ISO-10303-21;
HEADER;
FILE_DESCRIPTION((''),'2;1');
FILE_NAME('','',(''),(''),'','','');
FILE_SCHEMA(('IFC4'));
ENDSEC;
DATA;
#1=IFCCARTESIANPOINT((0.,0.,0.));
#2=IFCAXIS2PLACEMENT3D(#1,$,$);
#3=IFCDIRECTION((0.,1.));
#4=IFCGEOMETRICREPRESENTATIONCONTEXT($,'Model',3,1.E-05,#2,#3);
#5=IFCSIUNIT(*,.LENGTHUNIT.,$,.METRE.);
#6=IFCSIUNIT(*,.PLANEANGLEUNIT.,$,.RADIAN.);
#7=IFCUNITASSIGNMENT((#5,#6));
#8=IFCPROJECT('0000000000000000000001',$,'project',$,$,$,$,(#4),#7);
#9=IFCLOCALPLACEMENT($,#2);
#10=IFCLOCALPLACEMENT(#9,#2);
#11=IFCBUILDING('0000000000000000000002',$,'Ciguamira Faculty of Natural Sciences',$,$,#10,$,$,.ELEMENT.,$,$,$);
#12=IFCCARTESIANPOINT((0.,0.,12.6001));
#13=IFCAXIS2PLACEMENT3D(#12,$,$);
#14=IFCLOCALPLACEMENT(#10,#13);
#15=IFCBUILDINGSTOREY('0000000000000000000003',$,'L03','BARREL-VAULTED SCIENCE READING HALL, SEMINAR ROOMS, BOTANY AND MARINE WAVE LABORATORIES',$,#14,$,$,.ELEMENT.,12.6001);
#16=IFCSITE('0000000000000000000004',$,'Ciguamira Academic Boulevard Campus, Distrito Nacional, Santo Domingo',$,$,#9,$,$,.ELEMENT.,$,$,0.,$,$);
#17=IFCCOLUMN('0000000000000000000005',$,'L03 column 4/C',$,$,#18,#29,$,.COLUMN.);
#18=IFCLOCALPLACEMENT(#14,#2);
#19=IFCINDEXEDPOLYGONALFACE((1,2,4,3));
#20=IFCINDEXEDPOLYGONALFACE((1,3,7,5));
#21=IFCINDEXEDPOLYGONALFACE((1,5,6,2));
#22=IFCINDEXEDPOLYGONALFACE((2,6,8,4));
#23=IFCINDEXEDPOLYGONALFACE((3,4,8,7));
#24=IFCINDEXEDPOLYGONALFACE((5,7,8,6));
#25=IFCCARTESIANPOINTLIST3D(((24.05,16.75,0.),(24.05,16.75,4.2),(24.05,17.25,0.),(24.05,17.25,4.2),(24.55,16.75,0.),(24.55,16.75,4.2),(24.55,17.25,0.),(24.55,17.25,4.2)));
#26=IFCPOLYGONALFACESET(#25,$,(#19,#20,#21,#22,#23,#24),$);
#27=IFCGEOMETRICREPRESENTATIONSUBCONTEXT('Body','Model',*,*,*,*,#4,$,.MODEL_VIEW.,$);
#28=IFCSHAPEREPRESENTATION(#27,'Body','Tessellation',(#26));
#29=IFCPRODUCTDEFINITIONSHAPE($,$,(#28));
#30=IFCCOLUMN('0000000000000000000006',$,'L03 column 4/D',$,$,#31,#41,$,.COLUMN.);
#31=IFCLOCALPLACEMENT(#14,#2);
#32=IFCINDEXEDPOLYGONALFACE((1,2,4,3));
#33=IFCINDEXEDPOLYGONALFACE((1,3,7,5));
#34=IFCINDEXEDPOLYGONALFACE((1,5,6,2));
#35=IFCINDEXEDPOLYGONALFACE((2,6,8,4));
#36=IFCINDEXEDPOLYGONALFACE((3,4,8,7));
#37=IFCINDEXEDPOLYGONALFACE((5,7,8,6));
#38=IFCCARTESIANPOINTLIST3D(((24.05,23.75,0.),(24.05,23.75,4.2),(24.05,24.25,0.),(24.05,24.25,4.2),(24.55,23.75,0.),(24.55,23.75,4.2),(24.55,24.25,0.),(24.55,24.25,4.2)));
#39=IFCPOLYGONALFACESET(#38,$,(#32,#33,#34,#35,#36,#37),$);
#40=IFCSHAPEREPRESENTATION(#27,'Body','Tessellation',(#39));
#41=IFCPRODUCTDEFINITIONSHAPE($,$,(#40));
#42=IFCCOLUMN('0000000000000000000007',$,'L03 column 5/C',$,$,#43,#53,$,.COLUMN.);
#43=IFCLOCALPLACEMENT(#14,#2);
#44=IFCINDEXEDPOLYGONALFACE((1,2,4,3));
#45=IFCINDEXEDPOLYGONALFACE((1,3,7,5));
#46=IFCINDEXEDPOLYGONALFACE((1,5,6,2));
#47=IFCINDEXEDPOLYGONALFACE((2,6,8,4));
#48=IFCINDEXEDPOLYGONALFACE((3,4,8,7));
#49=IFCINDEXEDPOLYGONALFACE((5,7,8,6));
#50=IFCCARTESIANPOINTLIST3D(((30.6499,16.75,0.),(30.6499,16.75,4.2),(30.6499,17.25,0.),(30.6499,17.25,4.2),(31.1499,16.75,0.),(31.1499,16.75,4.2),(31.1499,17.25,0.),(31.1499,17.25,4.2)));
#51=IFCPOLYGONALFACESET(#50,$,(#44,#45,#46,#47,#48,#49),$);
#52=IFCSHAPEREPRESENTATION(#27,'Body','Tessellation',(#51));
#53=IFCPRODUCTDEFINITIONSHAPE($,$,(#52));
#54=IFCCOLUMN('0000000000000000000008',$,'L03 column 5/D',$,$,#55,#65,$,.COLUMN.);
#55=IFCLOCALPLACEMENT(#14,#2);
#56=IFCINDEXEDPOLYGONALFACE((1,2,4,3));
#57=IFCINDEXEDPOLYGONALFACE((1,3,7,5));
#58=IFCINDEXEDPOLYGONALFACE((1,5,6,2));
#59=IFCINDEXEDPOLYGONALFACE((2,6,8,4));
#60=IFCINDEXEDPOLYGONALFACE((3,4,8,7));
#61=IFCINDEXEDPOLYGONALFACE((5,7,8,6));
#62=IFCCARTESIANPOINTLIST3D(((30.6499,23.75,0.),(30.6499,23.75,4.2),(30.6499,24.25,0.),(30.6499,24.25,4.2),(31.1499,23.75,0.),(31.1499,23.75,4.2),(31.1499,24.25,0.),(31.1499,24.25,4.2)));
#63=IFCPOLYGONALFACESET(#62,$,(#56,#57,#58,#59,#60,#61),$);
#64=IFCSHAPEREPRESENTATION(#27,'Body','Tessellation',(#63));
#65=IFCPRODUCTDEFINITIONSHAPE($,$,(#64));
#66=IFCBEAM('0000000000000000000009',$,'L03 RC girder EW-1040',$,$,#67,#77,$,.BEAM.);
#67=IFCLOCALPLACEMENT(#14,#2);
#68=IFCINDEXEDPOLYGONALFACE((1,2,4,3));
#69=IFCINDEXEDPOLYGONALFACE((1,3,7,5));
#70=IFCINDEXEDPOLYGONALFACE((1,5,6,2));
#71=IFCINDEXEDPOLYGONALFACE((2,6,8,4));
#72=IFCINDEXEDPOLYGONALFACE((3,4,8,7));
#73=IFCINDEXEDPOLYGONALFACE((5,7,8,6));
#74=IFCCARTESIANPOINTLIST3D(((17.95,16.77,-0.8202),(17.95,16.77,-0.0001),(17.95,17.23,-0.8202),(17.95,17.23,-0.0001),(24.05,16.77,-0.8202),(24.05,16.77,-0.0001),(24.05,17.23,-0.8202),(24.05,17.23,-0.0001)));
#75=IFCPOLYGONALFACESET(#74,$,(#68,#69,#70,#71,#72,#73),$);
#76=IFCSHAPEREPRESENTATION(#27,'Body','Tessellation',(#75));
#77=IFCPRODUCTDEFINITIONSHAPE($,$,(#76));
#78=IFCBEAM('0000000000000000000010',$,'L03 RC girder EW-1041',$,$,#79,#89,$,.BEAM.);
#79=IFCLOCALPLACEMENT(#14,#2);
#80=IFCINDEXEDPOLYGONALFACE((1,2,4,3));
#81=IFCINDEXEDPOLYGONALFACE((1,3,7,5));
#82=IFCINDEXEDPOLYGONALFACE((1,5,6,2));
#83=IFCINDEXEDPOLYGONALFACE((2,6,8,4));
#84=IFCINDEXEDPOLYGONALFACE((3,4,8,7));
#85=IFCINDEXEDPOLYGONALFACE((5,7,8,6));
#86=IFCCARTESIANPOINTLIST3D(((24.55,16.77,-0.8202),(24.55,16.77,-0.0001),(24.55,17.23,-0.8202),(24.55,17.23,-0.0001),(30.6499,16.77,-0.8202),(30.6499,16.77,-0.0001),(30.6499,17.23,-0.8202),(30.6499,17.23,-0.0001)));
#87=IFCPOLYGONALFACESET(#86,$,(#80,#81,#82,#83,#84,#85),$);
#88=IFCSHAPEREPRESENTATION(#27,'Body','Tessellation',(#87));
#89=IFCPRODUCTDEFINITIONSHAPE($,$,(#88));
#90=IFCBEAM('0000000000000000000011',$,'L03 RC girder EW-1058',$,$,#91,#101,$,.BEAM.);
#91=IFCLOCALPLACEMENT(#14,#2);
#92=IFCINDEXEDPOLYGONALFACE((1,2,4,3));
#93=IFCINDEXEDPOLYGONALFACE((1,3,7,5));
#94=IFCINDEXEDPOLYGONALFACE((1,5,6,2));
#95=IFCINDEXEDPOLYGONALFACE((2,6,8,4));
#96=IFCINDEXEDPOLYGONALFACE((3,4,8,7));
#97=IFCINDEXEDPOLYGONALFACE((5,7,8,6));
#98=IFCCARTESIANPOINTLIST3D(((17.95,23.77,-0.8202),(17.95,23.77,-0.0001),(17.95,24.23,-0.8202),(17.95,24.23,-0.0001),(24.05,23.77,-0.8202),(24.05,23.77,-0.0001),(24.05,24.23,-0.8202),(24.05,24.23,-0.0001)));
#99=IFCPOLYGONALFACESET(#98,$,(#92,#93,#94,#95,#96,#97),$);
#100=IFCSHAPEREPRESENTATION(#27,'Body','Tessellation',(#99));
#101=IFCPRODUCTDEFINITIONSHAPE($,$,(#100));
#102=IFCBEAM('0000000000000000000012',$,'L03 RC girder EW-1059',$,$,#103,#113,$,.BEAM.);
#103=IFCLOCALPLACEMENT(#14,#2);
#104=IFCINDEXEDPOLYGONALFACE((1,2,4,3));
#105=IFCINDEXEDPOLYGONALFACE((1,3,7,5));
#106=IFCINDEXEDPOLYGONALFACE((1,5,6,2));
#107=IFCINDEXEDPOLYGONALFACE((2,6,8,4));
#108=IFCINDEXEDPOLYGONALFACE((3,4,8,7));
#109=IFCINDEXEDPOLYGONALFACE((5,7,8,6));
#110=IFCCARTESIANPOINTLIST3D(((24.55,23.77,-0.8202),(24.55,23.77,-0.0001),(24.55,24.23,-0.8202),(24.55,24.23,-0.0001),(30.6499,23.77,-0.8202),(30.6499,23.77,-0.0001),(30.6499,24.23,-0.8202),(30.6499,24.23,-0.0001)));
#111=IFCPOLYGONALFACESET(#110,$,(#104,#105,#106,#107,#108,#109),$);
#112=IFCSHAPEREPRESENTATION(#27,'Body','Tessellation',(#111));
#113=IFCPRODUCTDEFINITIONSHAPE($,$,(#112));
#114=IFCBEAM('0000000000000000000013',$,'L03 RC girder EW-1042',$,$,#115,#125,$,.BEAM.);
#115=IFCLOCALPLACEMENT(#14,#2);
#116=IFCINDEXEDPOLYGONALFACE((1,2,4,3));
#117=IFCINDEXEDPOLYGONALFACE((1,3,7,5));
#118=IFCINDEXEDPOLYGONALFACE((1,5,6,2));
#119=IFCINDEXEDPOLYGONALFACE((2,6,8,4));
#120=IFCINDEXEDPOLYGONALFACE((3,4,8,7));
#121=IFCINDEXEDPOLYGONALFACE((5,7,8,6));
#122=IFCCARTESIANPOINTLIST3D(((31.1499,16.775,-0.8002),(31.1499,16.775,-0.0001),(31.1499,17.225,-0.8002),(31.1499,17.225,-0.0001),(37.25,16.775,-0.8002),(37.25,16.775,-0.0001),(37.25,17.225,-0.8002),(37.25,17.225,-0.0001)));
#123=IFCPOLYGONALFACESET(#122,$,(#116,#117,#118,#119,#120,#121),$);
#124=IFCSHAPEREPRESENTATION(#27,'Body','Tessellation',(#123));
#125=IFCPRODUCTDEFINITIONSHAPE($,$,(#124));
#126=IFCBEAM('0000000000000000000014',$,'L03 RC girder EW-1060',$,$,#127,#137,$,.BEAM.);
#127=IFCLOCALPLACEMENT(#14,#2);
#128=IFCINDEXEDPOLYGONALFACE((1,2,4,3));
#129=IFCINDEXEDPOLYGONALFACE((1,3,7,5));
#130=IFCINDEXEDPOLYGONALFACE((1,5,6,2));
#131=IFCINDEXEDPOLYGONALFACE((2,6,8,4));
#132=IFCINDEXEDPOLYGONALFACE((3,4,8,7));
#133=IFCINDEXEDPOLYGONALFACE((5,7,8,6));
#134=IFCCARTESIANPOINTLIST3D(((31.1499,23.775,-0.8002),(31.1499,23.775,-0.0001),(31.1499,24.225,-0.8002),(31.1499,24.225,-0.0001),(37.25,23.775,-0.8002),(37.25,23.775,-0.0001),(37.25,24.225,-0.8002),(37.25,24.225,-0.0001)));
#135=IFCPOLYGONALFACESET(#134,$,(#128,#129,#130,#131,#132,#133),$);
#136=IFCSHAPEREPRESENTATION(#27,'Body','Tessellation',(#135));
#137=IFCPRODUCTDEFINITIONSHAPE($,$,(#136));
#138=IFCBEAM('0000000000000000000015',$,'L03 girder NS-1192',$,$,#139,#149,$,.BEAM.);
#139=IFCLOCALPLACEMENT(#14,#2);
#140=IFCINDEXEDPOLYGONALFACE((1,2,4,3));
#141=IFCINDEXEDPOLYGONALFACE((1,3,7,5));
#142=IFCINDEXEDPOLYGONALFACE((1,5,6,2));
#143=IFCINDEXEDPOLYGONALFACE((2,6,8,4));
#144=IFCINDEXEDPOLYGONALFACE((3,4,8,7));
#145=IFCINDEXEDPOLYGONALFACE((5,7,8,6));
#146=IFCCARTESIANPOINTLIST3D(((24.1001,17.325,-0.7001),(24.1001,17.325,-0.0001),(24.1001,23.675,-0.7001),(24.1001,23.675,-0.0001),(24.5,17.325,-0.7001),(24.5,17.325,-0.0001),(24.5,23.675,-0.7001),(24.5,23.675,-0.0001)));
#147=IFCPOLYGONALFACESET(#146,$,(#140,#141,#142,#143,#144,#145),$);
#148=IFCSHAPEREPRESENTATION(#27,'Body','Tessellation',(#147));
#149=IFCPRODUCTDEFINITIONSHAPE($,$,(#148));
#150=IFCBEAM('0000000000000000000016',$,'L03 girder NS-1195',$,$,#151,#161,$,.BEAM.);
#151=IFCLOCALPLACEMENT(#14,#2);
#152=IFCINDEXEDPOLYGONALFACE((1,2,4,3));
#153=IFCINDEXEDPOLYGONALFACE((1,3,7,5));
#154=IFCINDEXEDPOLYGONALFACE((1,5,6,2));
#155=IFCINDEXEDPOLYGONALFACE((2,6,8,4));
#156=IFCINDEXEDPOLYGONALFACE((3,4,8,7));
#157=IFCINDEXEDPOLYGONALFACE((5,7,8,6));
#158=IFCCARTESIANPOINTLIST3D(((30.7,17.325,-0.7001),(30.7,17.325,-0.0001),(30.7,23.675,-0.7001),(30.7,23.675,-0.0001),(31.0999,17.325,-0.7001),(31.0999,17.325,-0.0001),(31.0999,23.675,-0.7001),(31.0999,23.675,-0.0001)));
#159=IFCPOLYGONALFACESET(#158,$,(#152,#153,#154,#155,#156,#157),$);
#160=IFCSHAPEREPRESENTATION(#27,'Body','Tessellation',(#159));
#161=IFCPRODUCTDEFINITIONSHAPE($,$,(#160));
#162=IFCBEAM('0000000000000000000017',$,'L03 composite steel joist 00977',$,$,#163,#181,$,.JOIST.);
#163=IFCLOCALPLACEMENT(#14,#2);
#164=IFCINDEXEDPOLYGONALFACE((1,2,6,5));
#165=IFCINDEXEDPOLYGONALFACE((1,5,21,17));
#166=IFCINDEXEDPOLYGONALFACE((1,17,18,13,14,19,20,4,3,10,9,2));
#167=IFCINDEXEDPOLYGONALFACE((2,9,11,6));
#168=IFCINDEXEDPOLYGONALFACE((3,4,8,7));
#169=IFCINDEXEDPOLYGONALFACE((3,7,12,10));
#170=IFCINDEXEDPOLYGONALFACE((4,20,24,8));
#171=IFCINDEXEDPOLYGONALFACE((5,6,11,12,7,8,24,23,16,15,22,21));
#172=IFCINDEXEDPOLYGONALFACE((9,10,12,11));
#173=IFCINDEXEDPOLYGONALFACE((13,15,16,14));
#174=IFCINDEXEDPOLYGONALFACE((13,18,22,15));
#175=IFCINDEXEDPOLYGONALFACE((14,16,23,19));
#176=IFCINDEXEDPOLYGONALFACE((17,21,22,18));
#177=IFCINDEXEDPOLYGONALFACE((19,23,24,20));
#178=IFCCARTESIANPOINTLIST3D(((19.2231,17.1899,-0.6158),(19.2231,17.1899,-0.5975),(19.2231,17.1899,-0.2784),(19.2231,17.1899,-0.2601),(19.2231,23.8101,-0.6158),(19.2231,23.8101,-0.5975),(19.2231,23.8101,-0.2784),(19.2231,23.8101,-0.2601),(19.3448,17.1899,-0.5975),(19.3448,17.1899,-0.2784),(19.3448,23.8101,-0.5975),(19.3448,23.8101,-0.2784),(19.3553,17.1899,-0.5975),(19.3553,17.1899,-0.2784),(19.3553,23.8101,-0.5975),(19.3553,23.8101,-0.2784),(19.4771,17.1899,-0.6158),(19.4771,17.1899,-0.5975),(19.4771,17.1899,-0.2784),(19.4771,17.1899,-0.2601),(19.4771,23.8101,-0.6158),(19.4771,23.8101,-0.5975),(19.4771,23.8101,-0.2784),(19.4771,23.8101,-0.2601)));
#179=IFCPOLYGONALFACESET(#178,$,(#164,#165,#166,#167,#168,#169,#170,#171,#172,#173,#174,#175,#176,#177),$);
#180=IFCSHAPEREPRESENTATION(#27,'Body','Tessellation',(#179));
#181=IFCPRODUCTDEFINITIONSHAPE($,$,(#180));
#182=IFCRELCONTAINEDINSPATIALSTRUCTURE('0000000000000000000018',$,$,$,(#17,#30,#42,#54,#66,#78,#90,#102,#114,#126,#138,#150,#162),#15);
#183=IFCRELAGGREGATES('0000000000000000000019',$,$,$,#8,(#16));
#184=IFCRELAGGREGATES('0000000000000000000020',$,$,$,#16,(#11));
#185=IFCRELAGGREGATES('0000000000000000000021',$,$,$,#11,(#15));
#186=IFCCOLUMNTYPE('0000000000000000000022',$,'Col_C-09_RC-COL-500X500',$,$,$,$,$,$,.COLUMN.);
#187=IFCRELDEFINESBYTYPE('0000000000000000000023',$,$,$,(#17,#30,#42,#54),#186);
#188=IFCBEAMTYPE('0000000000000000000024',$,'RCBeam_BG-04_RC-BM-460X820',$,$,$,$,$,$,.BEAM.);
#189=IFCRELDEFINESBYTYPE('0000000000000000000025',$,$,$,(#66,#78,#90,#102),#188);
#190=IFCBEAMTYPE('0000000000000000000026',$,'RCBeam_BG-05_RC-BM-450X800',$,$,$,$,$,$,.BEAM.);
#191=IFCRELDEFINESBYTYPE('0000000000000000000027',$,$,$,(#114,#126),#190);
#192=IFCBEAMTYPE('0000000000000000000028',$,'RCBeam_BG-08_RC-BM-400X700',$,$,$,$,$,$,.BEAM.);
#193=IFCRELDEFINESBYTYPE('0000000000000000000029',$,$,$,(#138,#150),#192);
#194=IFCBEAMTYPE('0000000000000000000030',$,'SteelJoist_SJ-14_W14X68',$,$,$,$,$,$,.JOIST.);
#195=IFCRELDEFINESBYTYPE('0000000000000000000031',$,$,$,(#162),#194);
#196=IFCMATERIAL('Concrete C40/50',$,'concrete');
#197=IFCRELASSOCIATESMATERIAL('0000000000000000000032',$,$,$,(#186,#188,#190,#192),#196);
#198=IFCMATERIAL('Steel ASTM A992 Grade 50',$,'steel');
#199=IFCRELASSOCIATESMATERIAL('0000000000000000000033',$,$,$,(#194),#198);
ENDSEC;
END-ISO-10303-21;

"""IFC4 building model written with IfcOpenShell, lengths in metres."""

from ifc_helpers import new_model, si_unit, direction, frame, origin, origin_2d, place, context, subcontext, project, spatial, rectangle, i_section, extrude, material, material_profile, profile_set, type_object, element, save


model = new_model("IFC4")

# Units and contexts
model_context = context("Model", 3, precision=1e-05, world=origin(), true_north=direction((0.0, 1.0)))
body_context = subcontext(model_context, "Body", "Model", "MODEL_VIEW")
ifc_project = project(units=[si_unit("LENGTHUNIT", "METRE"), si_unit("PLANEANGLEUNIT", "RADIAN")], contexts=[model_context])

# Site, building, storey
site_placement = place(None, origin())
site = spatial("IfcSite", under=ifc_project, at=site_placement, Name="Ciguamira Academic Boulevard Campus, Distrito Nacional, Santo Domingo", CompositionType="ELEMENT", RefElevation=0.0)
building_placement = place(site_placement, origin())
building = spatial("IfcBuilding", under=site, at=building_placement, Name="Ciguamira Faculty of Natural Sciences", CompositionType="ELEMENT")
storey_placement = place(building_placement, frame((0.0, 0.0, 12.6001)))
storey = spatial("IfcBuildingStorey", under=building, at=storey_placement, Name="L03", Description="BARREL-VAULTED SCIENCE READING HALL, SEMINAR ROOMS, BOTANY AND MARINE WAVE LABORATORIES", CompositionType="ELEMENT", Elevation=12.6001)

# Columns
ifc_material_1 = material(Name="Concrete C40/50", Category="concrete")
ifc_material_profile_1 = material_profile(ifc_material_1, rectangle(XDim=0.5, YDim=0.5, at=origin_2d()), Name="RC-COL-500X500")
ifc_profile_set_1 = profile_set([ifc_material_profile_1], Name="Concrete C40/50")
column_type = type_object("IfcColumnType", Name="Col_C-09_RC-COL-500X500", PredefinedType="COLUMN", material=ifc_profile_set_1)
for number, where, z_axis, x_axis, name in (
    (1, (24.3, 17.0, 0.0), (0.0, 0.0, 1.0), (1.0, 0.0, 0.0), "L03 column 4/C"),
    (2, (24.3, 24.0, 0.0), (0.0, 0.0, 1.0), (1.0, 0.0, 0.0), "L03 column 4/D"),
    (3, (30.8999, 17.0, 0.0), (0.0, 0.0, 1.0), (1.0, 0.0, 0.0), "L03 column 5/C"),
    (4, (30.8999, 24.0, 0.0), (0.0, 0.0, 1.0), (1.0, 0.0, 0.0), "L03 column 5/D"),
):
    element("IfcColumn", number, at=place(storey_placement, frame(where, z_axis=z_axis, x_axis=x_axis)), inside=storey, type_object=column_type, Name=name, PredefinedType="COLUMN", context=body_context, shape_type="SweptSolid", body=[
        extrude(rectangle(XDim=0.5, YDim=0.5, at=origin_2d()), origin(), (0.0, 0.0, 1.0), 4.2),
    ])

# Beams
ifc_material_profile_2 = material_profile(ifc_material_1, rectangle(XDim=0.46, YDim=0.8201, at=origin_2d()), Name="RC-BM-460X820")
ifc_profile_set_2 = profile_set([ifc_material_profile_2], Name="Concrete C40/50")
beam_type_1 = type_object("IfcBeamType", Name="RCBeam_BG-04_RC-BM-460X820", PredefinedType="BEAM", material=ifc_profile_set_2)
beam_1_placement = place(storey_placement, frame((17.95, 17.0, -0.4102), z_axis=(1.0, 0.0, 0.0), x_axis=(0.0, 1.0, 0.0)))
element("IfcBeam", 5, at=beam_1_placement, inside=storey, type_object=beam_type_1, Name="L03 RC girder EW-1040", PredefinedType="BEAM", context=body_context, shape_type="SweptSolid", body=[
    extrude(rectangle(XDim=0.46, YDim=0.8201, at=origin_2d()), origin(), (0.0, 0.0, 1.0), 6.1001),
])
beam_2_placement = place(storey_placement, frame((24.55, 17.0, -0.4102), z_axis=(1.0, 0.0, 0.0), x_axis=(0.0, 1.0, 0.0)))
element("IfcBeam", 6, at=beam_2_placement, inside=storey, type_object=beam_type_1, Name="L03 RC girder EW-1041", PredefinedType="BEAM", context=body_context, shape_type="SweptSolid", body=[
    extrude(rectangle(XDim=0.46, YDim=0.8201, at=origin_2d()), origin(), (0.0, 0.0, 1.0), 6.0999),
])
beam_3_placement = place(storey_placement, frame((17.95, 24.0, -0.4102), z_axis=(1.0, 0.0, 0.0), x_axis=(0.0, 1.0, 0.0)))
element("IfcBeam", 7, at=beam_3_placement, inside=storey, type_object=beam_type_1, Name="L03 RC girder EW-1058", PredefinedType="BEAM", context=body_context, shape_type="SweptSolid", body=[
    extrude(rectangle(XDim=0.46, YDim=0.8201, at=origin_2d()), origin(), (0.0, 0.0, 1.0), 6.1001),
])
beam_4_placement = place(storey_placement, frame((24.55, 24.0, -0.4102), z_axis=(1.0, 0.0, 0.0), x_axis=(0.0, 1.0, 0.0)))
element("IfcBeam", 8, at=beam_4_placement, inside=storey, type_object=beam_type_1, Name="L03 RC girder EW-1059", PredefinedType="BEAM", context=body_context, shape_type="SweptSolid", body=[
    extrude(rectangle(XDim=0.46, YDim=0.8201, at=origin_2d()), origin(), (0.0, 0.0, 1.0), 6.0999),
])
ifc_material_profile_3 = material_profile(ifc_material_1, rectangle(XDim=0.45, YDim=0.8, at=origin_2d()), Name="RC-BM-450X800")
ifc_profile_set_3 = profile_set([ifc_material_profile_3], Name="Concrete C40/50")
beam_type_2 = type_object("IfcBeamType", Name="RCBeam_BG-05_RC-BM-450X800", PredefinedType="BEAM", material=ifc_profile_set_3)
for number, where, z_axis, x_axis, name in (
    (9, (31.1499, 17.0, -0.4001), (1.0, 0.0, 0.0), (0.0, 1.0, 0.0), "L03 RC girder EW-1042"),
    (10, (31.1499, 24.0, -0.4001), (1.0, 0.0, 0.0), (0.0, 1.0, 0.0), "L03 RC girder EW-1060"),
):
    element("IfcBeam", number, at=place(storey_placement, frame(where, z_axis=z_axis, x_axis=x_axis)), inside=storey, type_object=beam_type_2, Name=name, PredefinedType="BEAM", context=body_context, shape_type="SweptSolid", body=[
        extrude(rectangle(XDim=0.45, YDim=0.8, at=origin_2d()), origin(), (0.0, 0.0, 1.0), 6.1001),
    ])
ifc_material_profile_4 = material_profile(ifc_material_1, rectangle(XDim=0.3999, YDim=0.7, at=origin_2d()), Name="RC-BM-400X700")
ifc_profile_set_4 = profile_set([ifc_material_profile_4], Name="Concrete C40/50")
beam_type_3 = type_object("IfcBeamType", Name="RCBeam_BG-08_RC-BM-400X700", PredefinedType="BEAM", material=ifc_profile_set_4)
for number, where, z_axis, x_axis, name in (
    (11, (24.3, 17.325, -0.3501), (0.0, 1.0, 0.0), (-1.0, 0.0, 0.0), "L03 girder NS-1192"),
    (12, (30.8999, 17.325, -0.3501), (0.0, 1.0, 0.0), (-1.0, 0.0, 0.0), "L03 girder NS-1195"),
):
    element("IfcBeam", number, at=place(storey_placement, frame(where, z_axis=z_axis, x_axis=x_axis)), inside=storey, type_object=beam_type_3, Name=name, PredefinedType="BEAM", context=body_context, shape_type="SweptSolid", body=[
        extrude(rectangle(XDim=0.3999, YDim=0.7, at=origin_2d()), origin(), (0.0, 0.0, 1.0), 6.3501),
    ])
ifc_material_2 = material(Name="Steel ASTM A992 Grade 50", Category="steel")
ifc_material_profile_5 = material_profile(ifc_material_2, i_section(OverallWidth=0.2539, OverallDepth=0.3557, WebThickness=0.0105, FlangeThickness=0.0183, at=origin_2d()), Name="W14X68")
ifc_profile_set_5 = profile_set([ifc_material_profile_5], Name="Steel ASTM A992 Grade 50")
beam_type_4 = type_object("IfcBeamType", Name="SteelJoist_SJ-14_W14X68", PredefinedType="JOIST", material=ifc_profile_set_5)
beam_5_placement = place(storey_placement, frame((19.3501, 17.1899, -0.438), z_axis=(0.0, 1.0, 0.0), x_axis=(-1.0, 0.0, 0.0)))
element("IfcBeam", 13, at=beam_5_placement, inside=storey, type_object=beam_type_4, Name="L03 composite steel joist 00977", PredefinedType="JOIST", context=body_context, shape_type="SweptSolid", body=[
    extrude(i_section(OverallWidth=0.2539, OverallDepth=0.3557, WebThickness=0.0105, FlangeThickness=0.0183, at=origin_2d()), origin(), (0.0, 0.0, 1.0), 6.6201),
])

save(model, "model.ifc")
